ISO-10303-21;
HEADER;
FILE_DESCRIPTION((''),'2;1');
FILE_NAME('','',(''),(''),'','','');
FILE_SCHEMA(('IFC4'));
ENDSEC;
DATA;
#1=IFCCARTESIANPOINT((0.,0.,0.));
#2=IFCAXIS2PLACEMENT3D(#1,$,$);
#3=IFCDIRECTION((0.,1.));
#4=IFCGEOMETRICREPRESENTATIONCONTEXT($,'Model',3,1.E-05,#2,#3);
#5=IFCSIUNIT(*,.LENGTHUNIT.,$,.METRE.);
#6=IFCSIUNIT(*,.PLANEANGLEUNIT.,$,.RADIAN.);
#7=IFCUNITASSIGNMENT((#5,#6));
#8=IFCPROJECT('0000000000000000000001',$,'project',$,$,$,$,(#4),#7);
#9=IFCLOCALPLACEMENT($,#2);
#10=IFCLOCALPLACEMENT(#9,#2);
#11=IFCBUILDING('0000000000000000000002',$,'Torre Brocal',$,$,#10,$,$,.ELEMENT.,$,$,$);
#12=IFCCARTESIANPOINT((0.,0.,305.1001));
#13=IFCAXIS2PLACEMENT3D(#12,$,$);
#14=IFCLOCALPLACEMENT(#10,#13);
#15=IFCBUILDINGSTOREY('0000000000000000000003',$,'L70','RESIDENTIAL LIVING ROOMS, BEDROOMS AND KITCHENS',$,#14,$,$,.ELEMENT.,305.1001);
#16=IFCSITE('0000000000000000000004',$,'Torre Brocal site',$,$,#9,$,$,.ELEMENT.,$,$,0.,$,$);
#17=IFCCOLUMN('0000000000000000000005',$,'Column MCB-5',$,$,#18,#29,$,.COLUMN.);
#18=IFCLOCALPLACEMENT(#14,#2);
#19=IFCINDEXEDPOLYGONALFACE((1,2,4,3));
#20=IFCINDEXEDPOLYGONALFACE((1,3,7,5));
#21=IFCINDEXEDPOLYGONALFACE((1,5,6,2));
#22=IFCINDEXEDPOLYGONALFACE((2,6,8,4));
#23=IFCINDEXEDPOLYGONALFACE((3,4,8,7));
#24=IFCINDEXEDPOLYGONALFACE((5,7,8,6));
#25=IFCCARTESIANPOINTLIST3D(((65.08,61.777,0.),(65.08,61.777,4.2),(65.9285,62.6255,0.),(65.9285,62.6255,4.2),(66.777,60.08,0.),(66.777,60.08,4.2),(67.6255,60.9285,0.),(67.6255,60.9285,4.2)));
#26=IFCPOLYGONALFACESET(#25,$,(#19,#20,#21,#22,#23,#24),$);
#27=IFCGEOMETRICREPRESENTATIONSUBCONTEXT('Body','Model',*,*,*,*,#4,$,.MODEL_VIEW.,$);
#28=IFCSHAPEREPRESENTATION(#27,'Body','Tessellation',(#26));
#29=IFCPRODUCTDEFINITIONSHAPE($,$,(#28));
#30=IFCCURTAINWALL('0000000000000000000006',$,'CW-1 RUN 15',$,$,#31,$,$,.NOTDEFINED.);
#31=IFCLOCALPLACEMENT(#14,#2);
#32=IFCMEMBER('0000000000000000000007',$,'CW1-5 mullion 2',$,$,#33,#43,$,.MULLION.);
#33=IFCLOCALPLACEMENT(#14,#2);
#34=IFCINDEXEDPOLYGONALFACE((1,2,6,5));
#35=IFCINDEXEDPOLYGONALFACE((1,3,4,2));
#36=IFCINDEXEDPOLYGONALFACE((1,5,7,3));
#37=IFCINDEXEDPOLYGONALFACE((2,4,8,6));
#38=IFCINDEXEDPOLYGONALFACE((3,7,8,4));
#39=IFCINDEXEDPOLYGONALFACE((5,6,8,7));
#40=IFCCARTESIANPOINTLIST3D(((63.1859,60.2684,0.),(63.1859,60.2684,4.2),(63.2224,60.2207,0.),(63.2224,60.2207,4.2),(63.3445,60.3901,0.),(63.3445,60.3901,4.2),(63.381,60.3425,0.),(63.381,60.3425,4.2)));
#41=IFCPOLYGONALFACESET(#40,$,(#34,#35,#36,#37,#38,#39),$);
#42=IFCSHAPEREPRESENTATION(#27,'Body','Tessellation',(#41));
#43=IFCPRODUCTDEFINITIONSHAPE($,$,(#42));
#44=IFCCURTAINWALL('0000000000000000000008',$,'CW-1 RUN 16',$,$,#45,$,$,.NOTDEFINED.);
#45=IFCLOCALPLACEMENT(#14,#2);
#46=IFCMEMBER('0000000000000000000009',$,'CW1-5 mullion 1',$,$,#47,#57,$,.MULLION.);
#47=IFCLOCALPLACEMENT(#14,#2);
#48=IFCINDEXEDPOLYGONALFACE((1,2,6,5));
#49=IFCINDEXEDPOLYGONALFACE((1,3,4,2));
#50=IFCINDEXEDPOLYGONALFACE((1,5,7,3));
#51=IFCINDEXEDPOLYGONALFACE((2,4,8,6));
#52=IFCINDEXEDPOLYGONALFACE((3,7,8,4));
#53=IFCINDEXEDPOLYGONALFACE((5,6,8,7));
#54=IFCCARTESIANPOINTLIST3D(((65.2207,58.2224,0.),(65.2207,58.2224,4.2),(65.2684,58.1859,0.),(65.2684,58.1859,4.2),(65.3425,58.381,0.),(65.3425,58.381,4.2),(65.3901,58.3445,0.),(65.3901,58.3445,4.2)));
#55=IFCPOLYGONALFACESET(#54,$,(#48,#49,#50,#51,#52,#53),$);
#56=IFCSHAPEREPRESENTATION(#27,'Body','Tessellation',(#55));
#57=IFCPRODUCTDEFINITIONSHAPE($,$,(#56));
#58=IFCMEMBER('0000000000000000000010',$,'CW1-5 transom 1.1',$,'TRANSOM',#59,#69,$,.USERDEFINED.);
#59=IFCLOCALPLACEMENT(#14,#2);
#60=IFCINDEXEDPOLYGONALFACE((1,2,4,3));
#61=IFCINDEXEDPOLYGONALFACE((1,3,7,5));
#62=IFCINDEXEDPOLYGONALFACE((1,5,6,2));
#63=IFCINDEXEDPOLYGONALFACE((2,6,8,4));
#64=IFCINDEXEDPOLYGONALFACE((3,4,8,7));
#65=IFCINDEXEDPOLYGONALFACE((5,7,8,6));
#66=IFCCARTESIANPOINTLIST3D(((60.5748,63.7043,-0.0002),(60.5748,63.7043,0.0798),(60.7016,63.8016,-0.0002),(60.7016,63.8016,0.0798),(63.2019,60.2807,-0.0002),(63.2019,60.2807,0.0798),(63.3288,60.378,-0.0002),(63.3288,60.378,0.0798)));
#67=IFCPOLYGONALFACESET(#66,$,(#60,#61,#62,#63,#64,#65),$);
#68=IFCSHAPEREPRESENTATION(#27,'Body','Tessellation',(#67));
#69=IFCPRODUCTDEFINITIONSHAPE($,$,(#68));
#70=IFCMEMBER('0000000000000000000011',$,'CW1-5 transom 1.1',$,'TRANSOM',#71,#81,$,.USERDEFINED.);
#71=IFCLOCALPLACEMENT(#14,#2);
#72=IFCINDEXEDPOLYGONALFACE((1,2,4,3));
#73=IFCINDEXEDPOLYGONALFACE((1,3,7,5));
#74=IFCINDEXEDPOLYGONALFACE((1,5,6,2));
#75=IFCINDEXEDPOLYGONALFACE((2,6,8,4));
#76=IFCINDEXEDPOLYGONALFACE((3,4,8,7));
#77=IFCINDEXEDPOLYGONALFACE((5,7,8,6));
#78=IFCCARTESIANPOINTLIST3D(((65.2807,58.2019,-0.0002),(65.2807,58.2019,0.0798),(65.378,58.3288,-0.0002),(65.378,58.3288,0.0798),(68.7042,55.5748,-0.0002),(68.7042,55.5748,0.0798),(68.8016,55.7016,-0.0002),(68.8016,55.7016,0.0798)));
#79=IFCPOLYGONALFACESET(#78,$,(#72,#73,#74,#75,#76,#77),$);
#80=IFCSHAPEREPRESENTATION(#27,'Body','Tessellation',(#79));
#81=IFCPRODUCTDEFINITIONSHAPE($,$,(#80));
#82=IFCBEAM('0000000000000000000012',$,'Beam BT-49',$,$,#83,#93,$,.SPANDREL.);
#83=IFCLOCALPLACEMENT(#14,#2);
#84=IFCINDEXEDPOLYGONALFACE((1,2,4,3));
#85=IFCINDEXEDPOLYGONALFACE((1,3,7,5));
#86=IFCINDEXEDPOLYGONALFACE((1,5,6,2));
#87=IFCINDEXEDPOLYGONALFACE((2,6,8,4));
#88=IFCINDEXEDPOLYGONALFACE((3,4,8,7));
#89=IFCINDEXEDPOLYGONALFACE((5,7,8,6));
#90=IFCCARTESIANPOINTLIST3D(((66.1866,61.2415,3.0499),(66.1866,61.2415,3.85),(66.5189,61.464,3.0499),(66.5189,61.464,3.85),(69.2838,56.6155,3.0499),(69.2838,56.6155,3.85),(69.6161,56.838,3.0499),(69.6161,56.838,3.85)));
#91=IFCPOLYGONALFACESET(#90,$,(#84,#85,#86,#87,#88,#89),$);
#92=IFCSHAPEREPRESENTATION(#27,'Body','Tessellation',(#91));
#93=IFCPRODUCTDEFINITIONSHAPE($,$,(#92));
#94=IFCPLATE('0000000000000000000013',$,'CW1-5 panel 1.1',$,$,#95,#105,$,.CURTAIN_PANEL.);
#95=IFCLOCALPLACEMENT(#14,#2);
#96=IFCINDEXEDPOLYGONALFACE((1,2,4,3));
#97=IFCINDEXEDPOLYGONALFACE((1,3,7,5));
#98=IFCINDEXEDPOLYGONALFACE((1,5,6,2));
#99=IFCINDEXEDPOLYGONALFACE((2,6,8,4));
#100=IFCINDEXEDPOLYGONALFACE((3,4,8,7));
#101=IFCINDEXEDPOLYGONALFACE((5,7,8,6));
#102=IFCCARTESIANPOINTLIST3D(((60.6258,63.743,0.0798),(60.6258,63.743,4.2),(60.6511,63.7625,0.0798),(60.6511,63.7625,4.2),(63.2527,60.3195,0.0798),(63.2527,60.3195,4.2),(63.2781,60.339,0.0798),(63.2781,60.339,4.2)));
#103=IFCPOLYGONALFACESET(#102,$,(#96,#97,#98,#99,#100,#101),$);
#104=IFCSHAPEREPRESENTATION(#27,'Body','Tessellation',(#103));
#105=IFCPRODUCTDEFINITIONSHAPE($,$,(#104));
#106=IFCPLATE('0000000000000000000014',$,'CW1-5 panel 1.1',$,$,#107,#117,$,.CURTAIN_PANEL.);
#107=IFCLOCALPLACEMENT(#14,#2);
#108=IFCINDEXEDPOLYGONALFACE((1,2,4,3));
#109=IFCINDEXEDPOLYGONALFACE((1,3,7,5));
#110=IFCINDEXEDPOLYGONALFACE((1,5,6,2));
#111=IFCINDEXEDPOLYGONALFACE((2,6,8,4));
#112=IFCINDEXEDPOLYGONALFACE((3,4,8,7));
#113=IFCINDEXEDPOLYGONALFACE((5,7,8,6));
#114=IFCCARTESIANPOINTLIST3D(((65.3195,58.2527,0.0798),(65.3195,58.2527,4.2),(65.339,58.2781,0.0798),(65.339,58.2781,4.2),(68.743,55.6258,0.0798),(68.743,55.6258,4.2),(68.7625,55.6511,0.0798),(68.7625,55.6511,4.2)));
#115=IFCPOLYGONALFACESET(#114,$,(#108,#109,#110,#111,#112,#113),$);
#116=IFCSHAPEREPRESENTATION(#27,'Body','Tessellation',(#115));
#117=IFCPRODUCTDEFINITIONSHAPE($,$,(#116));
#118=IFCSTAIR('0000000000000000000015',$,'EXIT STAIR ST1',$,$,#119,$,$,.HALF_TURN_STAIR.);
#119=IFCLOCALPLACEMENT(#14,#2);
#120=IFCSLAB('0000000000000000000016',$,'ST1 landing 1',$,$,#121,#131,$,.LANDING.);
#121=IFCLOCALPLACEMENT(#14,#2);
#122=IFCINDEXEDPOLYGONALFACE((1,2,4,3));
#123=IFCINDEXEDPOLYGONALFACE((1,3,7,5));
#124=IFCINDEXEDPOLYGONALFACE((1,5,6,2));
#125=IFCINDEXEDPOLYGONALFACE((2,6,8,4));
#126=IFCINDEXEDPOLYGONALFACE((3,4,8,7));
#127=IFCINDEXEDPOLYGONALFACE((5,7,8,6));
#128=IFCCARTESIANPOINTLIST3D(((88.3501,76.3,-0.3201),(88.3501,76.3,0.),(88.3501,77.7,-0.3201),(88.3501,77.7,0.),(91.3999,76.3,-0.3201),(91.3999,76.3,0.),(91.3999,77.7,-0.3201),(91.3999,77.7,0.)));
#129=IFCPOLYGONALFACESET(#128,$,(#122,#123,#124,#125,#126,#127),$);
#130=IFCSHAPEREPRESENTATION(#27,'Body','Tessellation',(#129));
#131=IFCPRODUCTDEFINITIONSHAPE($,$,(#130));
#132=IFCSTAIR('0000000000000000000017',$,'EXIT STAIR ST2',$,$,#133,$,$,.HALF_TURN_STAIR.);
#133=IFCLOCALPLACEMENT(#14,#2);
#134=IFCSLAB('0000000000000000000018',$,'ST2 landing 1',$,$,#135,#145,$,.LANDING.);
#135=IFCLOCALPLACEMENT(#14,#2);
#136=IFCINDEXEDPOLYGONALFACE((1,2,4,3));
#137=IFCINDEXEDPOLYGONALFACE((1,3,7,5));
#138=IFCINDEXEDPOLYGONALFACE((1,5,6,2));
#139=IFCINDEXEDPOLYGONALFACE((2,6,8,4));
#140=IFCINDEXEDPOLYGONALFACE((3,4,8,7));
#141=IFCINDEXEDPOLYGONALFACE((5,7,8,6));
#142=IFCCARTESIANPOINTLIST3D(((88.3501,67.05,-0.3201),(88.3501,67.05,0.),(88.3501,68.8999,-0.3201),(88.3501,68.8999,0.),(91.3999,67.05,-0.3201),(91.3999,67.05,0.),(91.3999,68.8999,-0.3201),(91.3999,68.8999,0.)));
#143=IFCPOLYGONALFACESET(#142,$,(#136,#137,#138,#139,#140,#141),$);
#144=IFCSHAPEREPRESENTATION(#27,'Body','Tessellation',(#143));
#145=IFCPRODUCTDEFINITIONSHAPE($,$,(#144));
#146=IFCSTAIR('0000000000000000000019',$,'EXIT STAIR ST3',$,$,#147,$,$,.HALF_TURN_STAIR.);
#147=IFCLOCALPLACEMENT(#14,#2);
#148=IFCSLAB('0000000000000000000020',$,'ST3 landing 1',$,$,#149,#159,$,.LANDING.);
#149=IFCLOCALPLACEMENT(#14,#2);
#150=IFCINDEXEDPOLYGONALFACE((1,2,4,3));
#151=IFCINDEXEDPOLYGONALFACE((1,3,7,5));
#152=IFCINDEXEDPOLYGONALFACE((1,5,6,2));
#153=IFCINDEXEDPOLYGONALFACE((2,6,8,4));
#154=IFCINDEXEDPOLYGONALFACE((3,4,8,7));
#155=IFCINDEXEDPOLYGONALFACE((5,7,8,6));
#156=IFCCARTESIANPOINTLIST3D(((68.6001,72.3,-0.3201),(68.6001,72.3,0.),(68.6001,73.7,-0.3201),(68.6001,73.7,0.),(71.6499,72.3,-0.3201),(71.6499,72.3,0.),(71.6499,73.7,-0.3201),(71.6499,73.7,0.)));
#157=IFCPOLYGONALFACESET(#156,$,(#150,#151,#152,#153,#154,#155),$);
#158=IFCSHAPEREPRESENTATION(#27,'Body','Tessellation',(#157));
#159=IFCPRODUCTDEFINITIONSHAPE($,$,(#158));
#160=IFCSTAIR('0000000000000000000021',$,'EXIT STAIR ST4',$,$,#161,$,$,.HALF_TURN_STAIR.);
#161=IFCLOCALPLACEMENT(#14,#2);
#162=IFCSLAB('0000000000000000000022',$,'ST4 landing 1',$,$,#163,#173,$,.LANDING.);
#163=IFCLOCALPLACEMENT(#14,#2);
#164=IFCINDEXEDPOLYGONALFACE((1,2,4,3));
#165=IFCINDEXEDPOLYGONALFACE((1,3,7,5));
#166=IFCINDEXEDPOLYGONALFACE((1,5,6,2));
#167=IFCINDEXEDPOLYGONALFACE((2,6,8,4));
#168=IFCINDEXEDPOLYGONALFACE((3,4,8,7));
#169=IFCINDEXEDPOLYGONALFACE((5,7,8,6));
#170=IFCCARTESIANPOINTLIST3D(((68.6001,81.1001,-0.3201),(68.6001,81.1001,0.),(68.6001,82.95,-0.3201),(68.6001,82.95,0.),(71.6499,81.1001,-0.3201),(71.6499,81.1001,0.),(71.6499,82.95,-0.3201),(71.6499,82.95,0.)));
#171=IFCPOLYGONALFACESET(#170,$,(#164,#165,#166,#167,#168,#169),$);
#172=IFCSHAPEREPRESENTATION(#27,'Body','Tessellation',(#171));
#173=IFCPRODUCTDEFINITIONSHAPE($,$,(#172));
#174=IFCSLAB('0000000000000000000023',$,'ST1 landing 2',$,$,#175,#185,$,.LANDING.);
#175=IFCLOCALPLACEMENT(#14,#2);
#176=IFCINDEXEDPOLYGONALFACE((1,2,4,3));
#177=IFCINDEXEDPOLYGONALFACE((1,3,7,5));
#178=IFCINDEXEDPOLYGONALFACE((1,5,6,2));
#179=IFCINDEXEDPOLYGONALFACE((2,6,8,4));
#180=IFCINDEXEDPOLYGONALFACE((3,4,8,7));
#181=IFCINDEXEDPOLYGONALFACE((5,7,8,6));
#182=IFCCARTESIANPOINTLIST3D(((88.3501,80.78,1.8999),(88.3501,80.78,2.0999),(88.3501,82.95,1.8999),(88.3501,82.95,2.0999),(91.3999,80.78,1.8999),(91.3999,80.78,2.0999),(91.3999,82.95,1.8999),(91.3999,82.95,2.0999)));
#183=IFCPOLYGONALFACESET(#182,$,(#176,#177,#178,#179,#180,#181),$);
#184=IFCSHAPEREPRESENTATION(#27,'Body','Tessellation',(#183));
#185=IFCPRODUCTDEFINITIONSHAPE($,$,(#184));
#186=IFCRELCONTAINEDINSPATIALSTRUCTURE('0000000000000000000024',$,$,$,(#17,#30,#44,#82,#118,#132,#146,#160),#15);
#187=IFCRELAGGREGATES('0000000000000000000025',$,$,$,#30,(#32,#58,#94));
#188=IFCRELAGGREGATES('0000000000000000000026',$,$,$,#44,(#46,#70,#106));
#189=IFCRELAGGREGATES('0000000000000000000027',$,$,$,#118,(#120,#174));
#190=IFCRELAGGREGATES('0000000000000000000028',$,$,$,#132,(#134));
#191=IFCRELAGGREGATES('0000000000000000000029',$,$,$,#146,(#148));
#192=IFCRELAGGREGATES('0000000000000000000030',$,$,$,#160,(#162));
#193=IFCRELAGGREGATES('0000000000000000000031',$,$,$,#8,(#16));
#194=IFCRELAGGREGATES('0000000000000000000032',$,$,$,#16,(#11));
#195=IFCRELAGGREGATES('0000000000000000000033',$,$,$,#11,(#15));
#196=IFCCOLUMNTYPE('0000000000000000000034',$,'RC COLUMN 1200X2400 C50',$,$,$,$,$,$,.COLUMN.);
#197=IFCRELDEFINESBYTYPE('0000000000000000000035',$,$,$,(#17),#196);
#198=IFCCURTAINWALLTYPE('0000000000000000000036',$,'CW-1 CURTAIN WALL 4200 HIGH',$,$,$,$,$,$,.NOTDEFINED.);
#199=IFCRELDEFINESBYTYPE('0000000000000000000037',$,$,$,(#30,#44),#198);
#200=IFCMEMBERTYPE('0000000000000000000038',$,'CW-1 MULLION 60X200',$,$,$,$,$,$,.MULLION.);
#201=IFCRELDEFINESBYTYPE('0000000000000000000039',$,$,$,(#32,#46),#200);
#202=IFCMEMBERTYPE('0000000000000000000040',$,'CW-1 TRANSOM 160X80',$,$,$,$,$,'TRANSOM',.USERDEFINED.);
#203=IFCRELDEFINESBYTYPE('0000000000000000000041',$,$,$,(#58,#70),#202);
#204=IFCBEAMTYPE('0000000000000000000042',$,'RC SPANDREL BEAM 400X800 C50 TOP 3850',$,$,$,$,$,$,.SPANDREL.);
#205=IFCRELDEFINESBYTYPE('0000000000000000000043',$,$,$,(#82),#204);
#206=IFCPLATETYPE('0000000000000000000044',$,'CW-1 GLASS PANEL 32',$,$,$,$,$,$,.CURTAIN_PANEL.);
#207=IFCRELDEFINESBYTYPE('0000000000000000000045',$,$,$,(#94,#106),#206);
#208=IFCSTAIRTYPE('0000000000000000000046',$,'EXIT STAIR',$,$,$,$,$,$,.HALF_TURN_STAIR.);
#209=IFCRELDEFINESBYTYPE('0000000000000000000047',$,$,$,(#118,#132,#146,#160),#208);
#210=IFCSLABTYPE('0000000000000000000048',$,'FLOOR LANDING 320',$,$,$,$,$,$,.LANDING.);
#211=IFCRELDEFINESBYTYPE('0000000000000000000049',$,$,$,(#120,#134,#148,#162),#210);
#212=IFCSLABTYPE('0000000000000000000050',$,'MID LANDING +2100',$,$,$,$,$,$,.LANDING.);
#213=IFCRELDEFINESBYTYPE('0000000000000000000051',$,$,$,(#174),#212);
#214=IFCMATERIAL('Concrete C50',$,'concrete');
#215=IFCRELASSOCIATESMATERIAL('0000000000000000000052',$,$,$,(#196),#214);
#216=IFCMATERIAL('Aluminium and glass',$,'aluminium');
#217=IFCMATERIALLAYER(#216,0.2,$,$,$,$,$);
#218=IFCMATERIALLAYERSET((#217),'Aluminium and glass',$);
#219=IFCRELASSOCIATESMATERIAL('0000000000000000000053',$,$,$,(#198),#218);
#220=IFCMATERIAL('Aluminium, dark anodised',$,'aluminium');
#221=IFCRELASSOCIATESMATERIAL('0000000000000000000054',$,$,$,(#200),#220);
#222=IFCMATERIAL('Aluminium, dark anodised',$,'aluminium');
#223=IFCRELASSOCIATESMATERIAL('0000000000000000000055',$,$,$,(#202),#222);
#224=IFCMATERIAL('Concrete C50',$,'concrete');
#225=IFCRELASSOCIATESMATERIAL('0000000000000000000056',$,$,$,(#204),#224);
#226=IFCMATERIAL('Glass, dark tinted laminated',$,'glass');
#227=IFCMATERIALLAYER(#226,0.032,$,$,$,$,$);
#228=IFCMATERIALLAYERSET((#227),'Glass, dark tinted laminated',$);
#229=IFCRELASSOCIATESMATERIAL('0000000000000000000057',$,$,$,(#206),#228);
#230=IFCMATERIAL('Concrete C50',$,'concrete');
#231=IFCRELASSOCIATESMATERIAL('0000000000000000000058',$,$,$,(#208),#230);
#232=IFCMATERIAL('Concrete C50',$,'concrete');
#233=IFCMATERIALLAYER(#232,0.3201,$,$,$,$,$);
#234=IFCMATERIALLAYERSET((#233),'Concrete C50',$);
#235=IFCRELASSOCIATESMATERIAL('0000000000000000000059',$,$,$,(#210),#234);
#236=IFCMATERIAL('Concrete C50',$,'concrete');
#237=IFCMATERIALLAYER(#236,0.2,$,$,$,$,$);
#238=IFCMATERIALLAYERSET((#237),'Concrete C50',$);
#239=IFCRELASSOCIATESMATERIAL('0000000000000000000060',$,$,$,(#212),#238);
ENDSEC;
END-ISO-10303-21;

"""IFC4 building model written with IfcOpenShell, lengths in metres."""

from ifc_helpers import new_model, si_unit, direction, frame, origin, origin_2d, place, context, subcontext, project, spatial, polyline, rectangle, outline, extrude, material, layer, layer_set, material_profile, profile_set, type_object, element, aggregate, save


model = new_model("IFC4")

# Units and contexts
model_context = context("Model", 3, precision=1e-05, world=origin(), true_north=direction((0.0, 1.0)))
body_context = subcontext(model_context, "Body", "Model", "MODEL_VIEW")
ifc_project = project(units=[si_unit("LENGTHUNIT", "METRE"), si_unit("PLANEANGLEUNIT", "RADIAN")], contexts=[model_context])

# Site, building, storey
site_placement = place(None, origin())
site = spatial("IfcSite", under=ifc_project, at=site_placement, Name="Torre Brocal site", CompositionType="ELEMENT", RefElevation=0.0)
building_placement = place(site_placement, origin())
building = spatial("IfcBuilding", under=site, at=building_placement, Name="Torre Brocal", CompositionType="ELEMENT")
storey_placement = place(building_placement, frame((0.0, 0.0, 305.1001)))
storey = spatial("IfcBuildingStorey", under=building, at=storey_placement, Name="L70", Description="RESIDENTIAL LIVING ROOMS, BEDROOMS AND KITCHENS", CompositionType="ELEMENT", Elevation=305.1001)

# Column
ifc_material_1 = material(Name="Concrete C50", Category="concrete")
ifc_material_profile_1 = material_profile(ifc_material_1, rectangle(XDim=1.2, YDim=2.3999, at=origin_2d()), Name="RC 1200X2400")
ifc_profile_set_1 = profile_set([ifc_material_profile_1], Name="Concrete C50")
column_type = type_object("IfcColumnType", Name="RC COLUMN 1200X2400 C50", PredefinedType="COLUMN", material=ifc_profile_set_1)
column_placement = place(storey_placement, frame((66.3528, 61.3528, 0.0), z_axis=(0.0, 0.0, 1.0), x_axis=(-0.707107, -0.707107, 0.0)))
element("IfcColumn", 1, at=column_placement, inside=storey, type_object=column_type, Name="Column MCB-5", PredefinedType="COLUMN", context=body_context, shape_type="SweptSolid", body=[
    extrude(rectangle(XDim=1.2, YDim=2.3999, at=origin_2d()), origin(), (0.0, 0.0, 1.0), 4.2),
])

# Curtain walls, members
ifc_material_2 = material(Name="Aluminium and glass", Category="aluminium")
ifc_layer_1 = layer(ifc_material_2, 0.2)
ifc_layer_set_1 = layer_set([ifc_layer_1], Name="Aluminium and glass")
curtain_wall_type = type_object("IfcCurtainWallType", Name="CW-1 CURTAIN WALL 4200 HIGH", PredefinedType="NOTDEFINED", material=ifc_layer_set_1)
curtain_wall_1_placement = place(storey_placement, origin())
curtain_wall_1 = element("IfcCurtainWall", 2, at=curtain_wall_1_placement, inside=storey, type_object=curtain_wall_type, Name="CW-1 RUN 15", PredefinedType="NOTDEFINED")
ifc_material_3 = material(Name="Aluminium, dark anodised", Category="aluminium")
ifc_material_profile_2 = material_profile(ifc_material_3, rectangle(XDim=0.2, YDim=0.0601, at=origin_2d()), Name="CW-1 MULLION 60X200")
ifc_profile_set_2 = profile_set([ifc_material_profile_2], Name="Aluminium, dark anodised")
member_type_1 = type_object("IfcMemberType", Name="CW-1 MULLION 60X200", PredefinedType="MULLION", material=ifc_profile_set_2)
member_1_placement = place(storey_placement, frame((63.2834, 60.3054, 0.0), z_axis=(0.0, 0.0, 1.0), x_axis=(0.793353, 0.608761, 0.0)))
member_1 = element("IfcMember", 3, at=member_1_placement, type_object=member_type_1, Name="CW1-5 mullion 2", PredefinedType="MULLION", context=body_context, shape_type="SweptSolid", body=[
    extrude(rectangle(XDim=0.2, YDim=0.0601, at=origin_2d()), origin(), (0.0, 0.0, 1.0), 4.2),
])
curtain_wall_2_placement = place(storey_placement, origin())
curtain_wall_2 = element("IfcCurtainWall", 4, at=curtain_wall_2_placement, inside=storey, type_object=curtain_wall_type, Name="CW-1 RUN 16", PredefinedType="NOTDEFINED")
member_2_placement = place(storey_placement, frame((65.3054, 58.2834, 0.0), z_axis=(0.0, 0.0, 1.0), x_axis=(0.608761, 0.793353, 0.0)))
member_2 = element("IfcMember", 5, at=member_2_placement, type_object=member_type_1, Name="CW1-5 mullion 1", PredefinedType="MULLION", context=body_context, shape_type="SweptSolid", body=[
    extrude(rectangle(XDim=0.2, YDim=0.0601, at=origin_2d()), origin(), (0.0, 0.0, 1.0), 4.2),
])

# Members
ifc_material_4 = material(Name="Aluminium, dark anodised", Category="aluminium")
ifc_material_profile_3 = material_profile(ifc_material_4, rectangle(XDim=0.1599, YDim=0.0801, at=origin_2d()), Name="CW-1 TRANSOM 160X80")
ifc_profile_set_3 = profile_set([ifc_material_profile_3], Name="Aluminium, dark anodised")
member_type_2 = type_object("IfcMemberType", Name="CW-1 TRANSOM 160X80", ElementType="TRANSOM", PredefinedType="USERDEFINED", material=ifc_profile_set_3)
member_3_placement = place(storey_placement, frame((60.6382, 63.7529, 0.0398), z_axis=(0.608789, -0.793332, 0.0), x_axis=(0.793332, 0.608789, 0.0)))
member_3 = element("IfcMember", 6, at=member_3_placement, type_object=member_type_2, Name="CW1-5 transom 1.1", ObjectType="TRANSOM", PredefinedType="USERDEFINED", context=body_context, shape_type="SweptSolid", body=[
    extrude(rectangle(XDim=0.1599, YDim=0.0801, at=origin_2d()), origin(), (0.0, 0.0, 1.0), 4.3154),
])
member_4_placement = place(storey_placement, frame((65.3293, 58.2654, 0.0398), z_axis=(0.793332, -0.608789, 0.0), x_axis=(0.608789, 0.793332, 0.0)))
member_4 = element("IfcMember", 7, at=member_4_placement, type_object=member_type_2, Name="CW1-5 transom 1.1", ObjectType="TRANSOM", PredefinedType="USERDEFINED", context=body_context, shape_type="SweptSolid", body=[
    extrude(rectangle(XDim=0.1599, YDim=0.0801, at=origin_2d()), origin(), (0.0, 0.0, 1.0), 4.3154),
])

# Beam
ifc_material_5 = material(Name="Concrete C50", Category="concrete")
ifc_material_profile_4 = material_profile(ifc_material_5, rectangle(XDim=0.3999, YDim=0.8, at=origin_2d()), Name="RC 400X800")
ifc_profile_set_4 = profile_set([ifc_material_profile_4], Name="Concrete C50")
beam_type = type_object("IfcBeamType", Name="RC SPANDREL BEAM 400X800 C50 TOP 3850", PredefinedType="SPANDREL", material=ifc_profile_set_4)
beam_placement = place(storey_placement, frame((66.3528, 61.3528, 3.45), z_axis=(0.556339, -0.830956, 0.0), x_axis=(0.830956, 0.556339, 0.0)))
element("IfcBeam", 8, at=beam_placement, inside=storey, type_object=beam_type, Name="Beam BT-49", PredefinedType="SPANDREL", context=body_context, shape_type="SweptSolid", body=[
    extrude(rectangle(XDim=0.3999, YDim=0.8, at=origin_2d()), origin(), (0.0, 0.0, 1.0), 5.5671),
])

# Plates
ifc_material_6 = material(Name="Glass, dark tinted laminated", Category="glass")
ifc_layer_2 = layer(ifc_material_6, 0.032)
ifc_layer_set_2 = layer_set([ifc_layer_2], Name="Glass, dark tinted laminated")
plate_type = type_object("IfcPlateType", Name="CW-1 GLASS PANEL 32", PredefinedType="CURTAIN_PANEL", material=ifc_layer_set_2)
plate_1_placement = place(storey_placement, frame((61.9519, 62.041, 0.0798), z_axis=(0.0, 0.0, 1.0), x_axis=(0.608761, -0.793353, 0.0)))
plate_1 = element("IfcPlate", 9, at=plate_1_placement, type_object=plate_type, Name="CW1-5 panel 1.1", PredefinedType="CURTAIN_PANEL", context=body_context, shape_type="SweptSolid", body=[
    extrude(rectangle(XDim=4.3152, YDim=0.032, at=origin_2d()), origin(), (0.0, 0.0, 1.0), 4.1201),
])
aggregate(curtain_wall_1, [member_1, member_3, plate_1])
plate_2_placement = place(storey_placement, frame((67.041, 56.9519, 0.0798), z_axis=(0.0, 0.0, 1.0), x_axis=(0.793353, -0.608761, 0.0)))
plate_2 = element("IfcPlate", 10, at=plate_2_placement, type_object=plate_type, Name="CW1-5 panel 1.1", PredefinedType="CURTAIN_PANEL", context=body_context, shape_type="SweptSolid", body=[
    extrude(rectangle(XDim=4.3152, YDim=0.032, at=origin_2d()), origin(), (0.0, 0.0, 1.0), 4.1201),
])
aggregate(curtain_wall_2, [member_2, member_4, plate_2])

# Stairs, slabs
ifc_material_7 = material(Name="Concrete C50", Category="concrete")
stair_type = type_object("IfcStairType", Name="EXIT STAIR", PredefinedType="HALF_TURN_STAIR", material=ifc_material_7)
stair_1_placement = place(storey_placement, origin())
stair_1 = element("IfcStair", 11, at=stair_1_placement, inside=storey, type_object=stair_type, Name="EXIT STAIR ST1", PredefinedType="HALF_TURN_STAIR")
ifc_material_8 = material(Name="Concrete C50", Category="concrete")
ifc_layer_3 = layer(ifc_material_8, 0.3201)
ifc_layer_set_3 = layer_set([ifc_layer_3], Name="Concrete C50")
slab_type_1 = type_object("IfcSlabType", Name="FLOOR LANDING 320", PredefinedType="LANDING", material=ifc_layer_set_3)
slab_1_placement = place(storey_placement, frame((0.0, 0.0, -0.3201)))
slab_1 = element("IfcSlab", 12, at=slab_1_placement, type_object=slab_type_1, Name="ST1 landing 1", PredefinedType="LANDING", context=body_context, shape_type="SweptSolid", body=[
    extrude(outline(polyline([(88.3501, 76.3), (91.3999, 76.3), (91.3999, 77.7), (88.3501, 77.7), (88.3501, 76.3)])), origin(), (0.0, 0.0, 1.0), 0.3201),
])
stair_2_placement = place(storey_placement, origin())
stair_2 = element("IfcStair", 13, at=stair_2_placement, inside=storey, type_object=stair_type, Name="EXIT STAIR ST2", PredefinedType="HALF_TURN_STAIR")
slab_2_placement = place(storey_placement, frame((0.0, 0.0, -0.3201)))
slab_2 = element("IfcSlab", 14, at=slab_2_placement, type_object=slab_type_1, Name="ST2 landing 1", PredefinedType="LANDING", context=body_context, shape_type="SweptSolid", body=[
    extrude(outline(polyline([(88.3501, 67.05), (91.3999, 67.05), (91.3999, 68.8999), (88.3501, 68.8999), (88.3501, 67.05)])), origin(), (0.0, 0.0, 1.0), 0.3201),
])
stair_3_placement = place(storey_placement, origin())
stair_3 = element("IfcStair", 15, at=stair_3_placement, inside=storey, type_object=stair_type, Name="EXIT STAIR ST3", PredefinedType="HALF_TURN_STAIR")
slab_3_placement = place(storey_placement, frame((0.0, 0.0, -0.3201)))
slab_3 = element("IfcSlab", 16, at=slab_3_placement, type_object=slab_type_1, Name="ST3 landing 1", PredefinedType="LANDING", context=body_context, shape_type="SweptSolid", body=[
    extrude(outline(polyline([(71.6499, 73.7), (68.6001, 73.7), (68.6001, 72.3), (71.6499, 72.3), (71.6499, 73.7)])), origin(), (0.0, 0.0, 1.0), 0.3201),
])
stair_4_placement = place(storey_placement, origin())
stair_4 = element("IfcStair", 17, at=stair_4_placement, inside=storey, type_object=stair_type, Name="EXIT STAIR ST4", PredefinedType="HALF_TURN_STAIR")
slab_4_placement = place(storey_placement, frame((0.0, 0.0, -0.3201)))
slab_4 = element("IfcSlab", 18, at=slab_4_placement, type_object=slab_type_1, Name="ST4 landing 1", PredefinedType="LANDING", context=body_context, shape_type="SweptSolid", body=[
    extrude(outline(polyline([(71.6499, 82.95), (68.6001, 82.95), (68.6001, 81.1001), (71.6499, 81.1001), (71.6499, 82.95)])), origin(), (0.0, 0.0, 1.0), 0.3201),
])

# Slab
ifc_material_9 = material(Name="Concrete C50", Category="concrete")
ifc_layer_4 = layer(ifc_material_9, 0.2)
ifc_layer_set_4 = layer_set([ifc_layer_4], Name="Concrete C50")
slab_type_2 = type_object("IfcSlabType", Name="MID LANDING +2100", PredefinedType="LANDING", material=ifc_layer_set_4)
slab_5_placement = place(storey_placement, frame((0.0, 0.0, 1.8999)))
slab_5 = element("IfcSlab", 19, at=slab_5_placement, type_object=slab_type_2, Name="ST1 landing 2", PredefinedType="LANDING", context=body_context, shape_type="SweptSolid", body=[
    extrude(outline(polyline([(88.3501, 80.78), (91.3999, 80.78), (91.3999, 82.95), (88.3501, 82.95), (88.3501, 80.78)])), origin(), (0.0, 0.0, 1.0), 0.2),
])
aggregate(stair_1, [slab_1, slab_5])
aggregate(stair_2, [slab_2])
aggregate(stair_3, [slab_3])
aggregate(stair_4, [slab_4])

save(model, "model.ifc")
